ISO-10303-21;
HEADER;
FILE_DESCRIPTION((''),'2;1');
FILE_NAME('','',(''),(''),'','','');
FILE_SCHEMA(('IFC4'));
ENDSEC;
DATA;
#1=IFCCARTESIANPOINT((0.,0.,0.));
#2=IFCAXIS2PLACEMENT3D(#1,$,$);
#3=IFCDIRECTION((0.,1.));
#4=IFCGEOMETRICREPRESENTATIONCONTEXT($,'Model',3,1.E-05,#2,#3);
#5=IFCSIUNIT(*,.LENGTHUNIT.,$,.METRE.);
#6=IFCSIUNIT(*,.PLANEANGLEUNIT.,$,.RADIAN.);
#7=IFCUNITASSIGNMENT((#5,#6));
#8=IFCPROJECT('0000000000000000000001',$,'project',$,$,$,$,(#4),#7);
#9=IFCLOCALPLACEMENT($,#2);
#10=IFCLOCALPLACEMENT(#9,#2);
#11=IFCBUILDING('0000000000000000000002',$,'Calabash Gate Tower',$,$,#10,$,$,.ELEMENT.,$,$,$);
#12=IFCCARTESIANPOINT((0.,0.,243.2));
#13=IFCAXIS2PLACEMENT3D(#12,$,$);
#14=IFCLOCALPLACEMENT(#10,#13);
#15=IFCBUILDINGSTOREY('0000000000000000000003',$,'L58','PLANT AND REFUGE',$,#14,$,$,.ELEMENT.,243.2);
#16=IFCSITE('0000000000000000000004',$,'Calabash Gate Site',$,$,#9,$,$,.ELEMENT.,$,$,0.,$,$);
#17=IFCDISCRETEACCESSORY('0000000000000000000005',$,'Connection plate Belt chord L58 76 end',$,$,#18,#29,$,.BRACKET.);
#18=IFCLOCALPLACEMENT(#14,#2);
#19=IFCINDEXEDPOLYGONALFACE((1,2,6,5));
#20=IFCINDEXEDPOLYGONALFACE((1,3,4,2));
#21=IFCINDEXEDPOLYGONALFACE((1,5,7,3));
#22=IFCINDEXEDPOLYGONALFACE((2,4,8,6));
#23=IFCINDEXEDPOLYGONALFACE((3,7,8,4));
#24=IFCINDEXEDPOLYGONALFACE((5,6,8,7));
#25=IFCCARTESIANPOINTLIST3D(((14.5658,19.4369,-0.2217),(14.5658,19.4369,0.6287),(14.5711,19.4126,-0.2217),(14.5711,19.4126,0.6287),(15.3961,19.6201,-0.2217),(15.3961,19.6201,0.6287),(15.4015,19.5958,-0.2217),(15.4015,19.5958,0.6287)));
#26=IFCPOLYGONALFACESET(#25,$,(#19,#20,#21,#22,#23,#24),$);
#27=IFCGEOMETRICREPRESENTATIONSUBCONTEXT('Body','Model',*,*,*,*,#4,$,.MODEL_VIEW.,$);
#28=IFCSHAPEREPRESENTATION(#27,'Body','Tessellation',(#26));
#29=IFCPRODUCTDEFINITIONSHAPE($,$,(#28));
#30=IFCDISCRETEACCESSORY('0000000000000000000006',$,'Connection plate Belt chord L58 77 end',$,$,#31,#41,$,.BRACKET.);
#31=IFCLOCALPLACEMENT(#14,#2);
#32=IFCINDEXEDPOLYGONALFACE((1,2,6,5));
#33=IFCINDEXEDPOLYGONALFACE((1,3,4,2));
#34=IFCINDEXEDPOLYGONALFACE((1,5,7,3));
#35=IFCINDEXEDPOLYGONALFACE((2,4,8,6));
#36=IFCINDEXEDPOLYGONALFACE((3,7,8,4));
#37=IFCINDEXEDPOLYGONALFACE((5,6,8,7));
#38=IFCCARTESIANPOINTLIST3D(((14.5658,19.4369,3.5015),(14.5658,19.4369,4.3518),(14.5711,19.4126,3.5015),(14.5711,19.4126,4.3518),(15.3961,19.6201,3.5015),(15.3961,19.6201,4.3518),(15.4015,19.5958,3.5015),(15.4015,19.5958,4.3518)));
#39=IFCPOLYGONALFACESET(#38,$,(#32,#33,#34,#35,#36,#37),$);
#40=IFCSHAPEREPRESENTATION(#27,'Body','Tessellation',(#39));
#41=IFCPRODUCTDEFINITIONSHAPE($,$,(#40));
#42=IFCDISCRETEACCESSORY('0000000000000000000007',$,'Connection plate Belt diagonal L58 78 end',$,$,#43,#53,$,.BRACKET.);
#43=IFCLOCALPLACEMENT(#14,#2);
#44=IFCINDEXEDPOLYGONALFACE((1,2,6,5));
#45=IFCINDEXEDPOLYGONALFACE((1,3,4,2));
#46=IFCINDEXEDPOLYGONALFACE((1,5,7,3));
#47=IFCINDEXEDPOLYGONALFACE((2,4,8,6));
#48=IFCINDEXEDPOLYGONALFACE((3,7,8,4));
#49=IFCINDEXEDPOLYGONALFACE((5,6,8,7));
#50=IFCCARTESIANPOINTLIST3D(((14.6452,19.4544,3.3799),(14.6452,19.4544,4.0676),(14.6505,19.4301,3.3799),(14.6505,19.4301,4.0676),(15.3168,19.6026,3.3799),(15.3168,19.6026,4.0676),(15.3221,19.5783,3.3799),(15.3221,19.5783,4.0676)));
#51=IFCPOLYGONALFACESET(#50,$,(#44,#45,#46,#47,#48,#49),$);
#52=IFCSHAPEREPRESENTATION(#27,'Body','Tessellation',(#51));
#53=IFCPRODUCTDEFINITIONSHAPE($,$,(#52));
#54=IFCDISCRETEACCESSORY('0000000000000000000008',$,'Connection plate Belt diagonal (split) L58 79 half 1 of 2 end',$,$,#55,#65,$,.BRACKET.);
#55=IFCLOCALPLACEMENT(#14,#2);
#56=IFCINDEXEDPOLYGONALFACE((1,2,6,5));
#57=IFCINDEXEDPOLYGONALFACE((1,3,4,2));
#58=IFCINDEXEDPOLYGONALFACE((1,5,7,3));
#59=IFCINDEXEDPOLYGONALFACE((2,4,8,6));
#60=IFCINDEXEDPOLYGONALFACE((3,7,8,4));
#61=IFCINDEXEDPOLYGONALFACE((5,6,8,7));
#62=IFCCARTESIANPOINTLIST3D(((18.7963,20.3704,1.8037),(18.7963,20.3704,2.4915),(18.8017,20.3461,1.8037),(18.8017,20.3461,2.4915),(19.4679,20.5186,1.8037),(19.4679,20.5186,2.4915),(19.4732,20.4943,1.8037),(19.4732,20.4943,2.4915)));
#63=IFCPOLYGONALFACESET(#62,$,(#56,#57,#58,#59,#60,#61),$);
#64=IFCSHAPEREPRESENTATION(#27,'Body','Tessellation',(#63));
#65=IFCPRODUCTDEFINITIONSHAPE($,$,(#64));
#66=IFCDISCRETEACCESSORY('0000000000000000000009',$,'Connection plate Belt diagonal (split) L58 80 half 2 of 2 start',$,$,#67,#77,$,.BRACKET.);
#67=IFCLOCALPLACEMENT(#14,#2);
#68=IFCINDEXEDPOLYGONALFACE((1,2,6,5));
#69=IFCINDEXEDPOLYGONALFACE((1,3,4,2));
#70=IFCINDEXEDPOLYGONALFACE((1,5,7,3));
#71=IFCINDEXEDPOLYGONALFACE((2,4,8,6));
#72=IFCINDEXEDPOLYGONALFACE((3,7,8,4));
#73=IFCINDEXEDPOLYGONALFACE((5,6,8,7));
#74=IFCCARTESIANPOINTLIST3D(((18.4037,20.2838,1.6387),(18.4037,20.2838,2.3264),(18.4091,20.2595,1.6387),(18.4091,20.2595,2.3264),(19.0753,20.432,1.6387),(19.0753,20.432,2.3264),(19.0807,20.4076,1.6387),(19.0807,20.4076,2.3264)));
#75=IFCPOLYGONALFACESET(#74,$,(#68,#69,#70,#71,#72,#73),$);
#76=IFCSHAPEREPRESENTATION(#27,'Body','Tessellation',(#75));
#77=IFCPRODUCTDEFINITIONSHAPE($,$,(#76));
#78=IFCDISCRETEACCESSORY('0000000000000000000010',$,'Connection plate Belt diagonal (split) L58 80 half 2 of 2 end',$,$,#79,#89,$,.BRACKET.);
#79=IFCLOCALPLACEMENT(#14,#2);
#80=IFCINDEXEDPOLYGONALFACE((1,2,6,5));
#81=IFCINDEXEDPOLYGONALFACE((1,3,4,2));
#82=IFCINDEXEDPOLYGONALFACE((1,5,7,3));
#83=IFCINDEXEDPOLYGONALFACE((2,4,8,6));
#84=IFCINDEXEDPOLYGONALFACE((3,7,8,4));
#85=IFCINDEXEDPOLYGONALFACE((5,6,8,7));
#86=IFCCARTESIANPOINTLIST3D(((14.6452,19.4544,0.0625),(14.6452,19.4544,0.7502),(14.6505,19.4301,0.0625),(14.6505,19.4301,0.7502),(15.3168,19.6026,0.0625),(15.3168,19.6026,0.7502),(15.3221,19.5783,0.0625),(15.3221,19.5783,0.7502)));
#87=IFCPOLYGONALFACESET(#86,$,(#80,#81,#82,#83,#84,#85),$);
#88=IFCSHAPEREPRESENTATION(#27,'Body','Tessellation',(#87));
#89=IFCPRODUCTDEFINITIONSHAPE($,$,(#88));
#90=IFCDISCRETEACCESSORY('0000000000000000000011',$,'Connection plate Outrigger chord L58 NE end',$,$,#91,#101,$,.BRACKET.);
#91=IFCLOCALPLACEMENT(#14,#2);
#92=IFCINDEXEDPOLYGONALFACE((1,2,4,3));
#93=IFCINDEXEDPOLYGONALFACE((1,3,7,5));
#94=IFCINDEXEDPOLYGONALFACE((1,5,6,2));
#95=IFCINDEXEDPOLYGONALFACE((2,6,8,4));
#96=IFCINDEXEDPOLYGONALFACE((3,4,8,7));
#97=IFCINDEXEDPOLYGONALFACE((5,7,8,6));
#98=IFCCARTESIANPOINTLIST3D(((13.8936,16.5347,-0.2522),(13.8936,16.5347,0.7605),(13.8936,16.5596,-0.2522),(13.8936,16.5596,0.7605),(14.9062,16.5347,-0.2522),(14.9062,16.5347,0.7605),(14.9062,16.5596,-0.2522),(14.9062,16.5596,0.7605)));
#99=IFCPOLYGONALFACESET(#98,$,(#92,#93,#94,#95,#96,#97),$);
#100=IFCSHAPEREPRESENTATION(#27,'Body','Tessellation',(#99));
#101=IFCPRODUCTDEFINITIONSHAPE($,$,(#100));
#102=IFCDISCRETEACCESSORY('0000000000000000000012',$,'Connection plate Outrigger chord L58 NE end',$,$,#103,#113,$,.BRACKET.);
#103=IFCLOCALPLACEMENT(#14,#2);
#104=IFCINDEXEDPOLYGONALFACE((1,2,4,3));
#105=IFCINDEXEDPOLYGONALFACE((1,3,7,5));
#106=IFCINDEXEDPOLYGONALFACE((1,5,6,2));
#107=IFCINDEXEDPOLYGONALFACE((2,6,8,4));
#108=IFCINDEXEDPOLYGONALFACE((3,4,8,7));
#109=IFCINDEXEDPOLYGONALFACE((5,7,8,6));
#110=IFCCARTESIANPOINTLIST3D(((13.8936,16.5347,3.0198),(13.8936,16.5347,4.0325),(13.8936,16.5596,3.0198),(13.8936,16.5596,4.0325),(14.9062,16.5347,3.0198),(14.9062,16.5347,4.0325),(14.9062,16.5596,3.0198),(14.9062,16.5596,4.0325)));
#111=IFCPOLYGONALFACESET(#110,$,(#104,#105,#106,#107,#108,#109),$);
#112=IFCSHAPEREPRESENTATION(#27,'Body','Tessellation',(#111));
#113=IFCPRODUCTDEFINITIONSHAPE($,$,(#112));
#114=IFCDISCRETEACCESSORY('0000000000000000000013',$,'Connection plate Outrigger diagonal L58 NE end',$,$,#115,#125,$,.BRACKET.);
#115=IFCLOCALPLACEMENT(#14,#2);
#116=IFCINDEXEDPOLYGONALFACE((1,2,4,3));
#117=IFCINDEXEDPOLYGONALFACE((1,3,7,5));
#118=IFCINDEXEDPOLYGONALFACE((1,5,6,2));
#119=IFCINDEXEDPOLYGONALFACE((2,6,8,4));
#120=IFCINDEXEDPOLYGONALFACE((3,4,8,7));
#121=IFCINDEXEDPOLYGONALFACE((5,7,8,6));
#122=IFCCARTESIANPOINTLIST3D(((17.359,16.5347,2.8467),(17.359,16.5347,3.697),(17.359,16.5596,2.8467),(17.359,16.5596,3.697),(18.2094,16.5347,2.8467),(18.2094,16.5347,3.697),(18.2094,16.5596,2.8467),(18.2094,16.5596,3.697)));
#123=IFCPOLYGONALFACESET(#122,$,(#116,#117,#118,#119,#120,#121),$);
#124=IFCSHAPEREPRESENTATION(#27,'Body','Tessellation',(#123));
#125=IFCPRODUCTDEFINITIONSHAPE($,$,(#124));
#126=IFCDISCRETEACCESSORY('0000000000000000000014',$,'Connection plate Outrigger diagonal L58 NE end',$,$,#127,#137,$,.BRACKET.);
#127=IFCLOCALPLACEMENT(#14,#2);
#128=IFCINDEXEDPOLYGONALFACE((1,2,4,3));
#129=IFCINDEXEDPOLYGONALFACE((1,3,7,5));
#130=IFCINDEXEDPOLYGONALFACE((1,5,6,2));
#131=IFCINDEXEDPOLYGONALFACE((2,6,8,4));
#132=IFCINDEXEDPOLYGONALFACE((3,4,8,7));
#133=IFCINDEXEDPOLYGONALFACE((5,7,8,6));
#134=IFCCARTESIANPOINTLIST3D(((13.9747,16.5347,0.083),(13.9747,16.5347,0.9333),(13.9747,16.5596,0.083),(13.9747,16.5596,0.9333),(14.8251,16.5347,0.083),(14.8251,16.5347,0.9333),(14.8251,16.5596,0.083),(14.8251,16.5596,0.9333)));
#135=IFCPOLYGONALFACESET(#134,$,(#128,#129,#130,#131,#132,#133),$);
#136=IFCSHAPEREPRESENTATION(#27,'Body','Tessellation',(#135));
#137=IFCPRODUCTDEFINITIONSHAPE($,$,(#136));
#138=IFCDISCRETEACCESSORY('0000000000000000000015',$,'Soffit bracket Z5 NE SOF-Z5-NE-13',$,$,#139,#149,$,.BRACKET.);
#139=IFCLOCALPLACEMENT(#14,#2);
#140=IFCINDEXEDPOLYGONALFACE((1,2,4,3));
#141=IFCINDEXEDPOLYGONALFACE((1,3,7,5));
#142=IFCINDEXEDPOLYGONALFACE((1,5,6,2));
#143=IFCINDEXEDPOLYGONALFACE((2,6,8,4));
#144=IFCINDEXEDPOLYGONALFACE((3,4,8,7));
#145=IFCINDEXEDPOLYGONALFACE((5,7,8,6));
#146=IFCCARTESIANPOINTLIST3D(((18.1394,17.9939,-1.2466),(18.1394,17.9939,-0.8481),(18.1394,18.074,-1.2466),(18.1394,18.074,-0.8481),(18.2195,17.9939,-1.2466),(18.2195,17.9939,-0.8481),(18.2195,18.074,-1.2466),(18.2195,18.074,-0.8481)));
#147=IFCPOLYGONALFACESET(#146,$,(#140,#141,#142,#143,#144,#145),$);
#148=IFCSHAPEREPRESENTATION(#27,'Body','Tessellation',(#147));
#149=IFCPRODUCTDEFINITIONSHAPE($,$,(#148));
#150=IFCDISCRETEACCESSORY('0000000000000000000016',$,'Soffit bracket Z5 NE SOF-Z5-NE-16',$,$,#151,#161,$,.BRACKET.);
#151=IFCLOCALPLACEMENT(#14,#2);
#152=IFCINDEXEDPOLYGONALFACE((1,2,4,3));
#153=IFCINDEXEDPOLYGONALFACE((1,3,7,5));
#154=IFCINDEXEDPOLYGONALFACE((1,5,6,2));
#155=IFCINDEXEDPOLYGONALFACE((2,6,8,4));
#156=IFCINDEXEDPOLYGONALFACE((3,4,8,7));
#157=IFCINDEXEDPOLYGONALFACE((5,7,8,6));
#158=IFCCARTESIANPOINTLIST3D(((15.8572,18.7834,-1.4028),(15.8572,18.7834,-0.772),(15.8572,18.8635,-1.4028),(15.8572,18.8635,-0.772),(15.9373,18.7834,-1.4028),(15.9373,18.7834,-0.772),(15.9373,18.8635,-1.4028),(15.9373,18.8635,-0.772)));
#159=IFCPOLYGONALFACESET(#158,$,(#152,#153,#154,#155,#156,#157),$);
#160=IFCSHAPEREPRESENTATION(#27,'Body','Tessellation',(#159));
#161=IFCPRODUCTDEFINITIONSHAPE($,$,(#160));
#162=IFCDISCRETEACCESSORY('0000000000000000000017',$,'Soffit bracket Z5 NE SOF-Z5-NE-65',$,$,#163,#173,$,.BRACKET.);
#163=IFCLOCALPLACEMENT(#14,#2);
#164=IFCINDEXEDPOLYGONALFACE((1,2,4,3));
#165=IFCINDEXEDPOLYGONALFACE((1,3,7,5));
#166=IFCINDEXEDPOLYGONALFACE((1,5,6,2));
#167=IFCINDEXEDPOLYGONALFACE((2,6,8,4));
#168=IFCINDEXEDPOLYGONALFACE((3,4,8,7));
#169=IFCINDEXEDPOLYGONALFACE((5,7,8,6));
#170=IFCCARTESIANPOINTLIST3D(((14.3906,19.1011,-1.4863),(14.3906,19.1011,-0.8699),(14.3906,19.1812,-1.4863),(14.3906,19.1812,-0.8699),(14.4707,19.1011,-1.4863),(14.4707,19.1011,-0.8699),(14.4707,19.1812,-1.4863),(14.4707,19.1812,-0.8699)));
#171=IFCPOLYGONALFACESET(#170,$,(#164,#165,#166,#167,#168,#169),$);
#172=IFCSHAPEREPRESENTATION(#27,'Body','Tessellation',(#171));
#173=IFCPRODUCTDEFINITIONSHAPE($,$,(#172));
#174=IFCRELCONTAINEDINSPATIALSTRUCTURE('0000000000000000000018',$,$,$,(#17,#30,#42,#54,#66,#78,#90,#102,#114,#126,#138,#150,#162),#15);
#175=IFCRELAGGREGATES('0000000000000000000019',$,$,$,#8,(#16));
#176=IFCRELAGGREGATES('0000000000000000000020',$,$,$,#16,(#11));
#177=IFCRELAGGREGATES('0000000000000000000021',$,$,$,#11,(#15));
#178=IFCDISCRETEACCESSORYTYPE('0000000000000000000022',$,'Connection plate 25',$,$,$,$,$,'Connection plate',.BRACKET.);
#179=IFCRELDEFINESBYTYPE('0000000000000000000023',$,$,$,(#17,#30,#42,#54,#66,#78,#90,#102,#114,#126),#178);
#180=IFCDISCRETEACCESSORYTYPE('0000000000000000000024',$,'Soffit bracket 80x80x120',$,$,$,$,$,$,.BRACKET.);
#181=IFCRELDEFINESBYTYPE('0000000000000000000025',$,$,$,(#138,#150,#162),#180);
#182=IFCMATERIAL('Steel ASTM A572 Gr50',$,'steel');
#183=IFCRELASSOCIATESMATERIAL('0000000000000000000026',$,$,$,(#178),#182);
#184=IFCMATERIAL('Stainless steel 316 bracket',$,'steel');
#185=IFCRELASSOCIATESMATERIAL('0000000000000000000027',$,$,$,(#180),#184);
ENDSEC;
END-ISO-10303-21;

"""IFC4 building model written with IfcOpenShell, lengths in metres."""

from ifc_helpers import new_model, si_unit, direction, frame, origin, origin_2d, place, context, subcontext, project, spatial, rectangle, extrude, material, type_object, element, save


model = new_model("IFC4")

# Units and contexts
model_context = context("Model", 3, precision=1e-05, world=origin(), true_north=direction((0.0, 1.0)))
body_context = subcontext(model_context, "Body", "Model", "MODEL_VIEW")
ifc_project = project(units=[si_unit("LENGTHUNIT", "METRE"), si_unit("PLANEANGLEUNIT", "RADIAN")], contexts=[model_context])

# Site, building, storey
site_placement = place(None, origin())
site = spatial("IfcSite", under=ifc_project, at=site_placement, Name="Calabash Gate Site", CompositionType="ELEMENT", RefElevation=0.0)
building_placement = place(site_placement, origin())
building = spatial("IfcBuilding", under=site, at=building_placement, Name="Calabash Gate Tower", CompositionType="ELEMENT")
storey_placement = place(building_placement, frame((0.0, 0.0, 243.2)))
storey = spatial("IfcBuildingStorey", under=building, at=storey_placement, Name="L58", Description="PLANT AND REFUGE", CompositionType="ELEMENT", Elevation=243.2)

# Discrete accessories
ifc_material_1 = material(Name="Steel ASTM A572 Gr50", Category="steel")
discrete_accessory_type_1 = type_object("IfcDiscreteAccessoryType", Name="Connection plate 25", ElementType="Connection plate", PredefinedType="BRACKET", material=ifc_material_1)
for number, where, z_axis, x_axis, name in (
    (1, (14.9836, 19.5164, -0.2217), (0.0, 0.0, 1.0), (-0.976511, -0.215468, 0.0), "Connection plate Belt chord L58 76 end"),
    (2, (14.9836, 19.5164, 3.5015), (0.0, 0.0, 1.0), (-0.976511, -0.215468, 0.0), "Connection plate Belt chord L58 77 end"),
):
    element("IfcDiscreteAccessory", number, at=place(storey_placement, frame(where, z_axis=z_axis, x_axis=x_axis)), inside=storey, type_object=discrete_accessory_type_1, Name=name, PredefinedType="BRACKET", context=body_context, shape_type="SweptSolid", body=[
        extrude(rectangle(XDim=0.8503, YDim=0.0249, at=origin_2d()), origin(), (0.0, 0.0, 1.0), 0.8503),
    ])
for number, where, z_axis, x_axis, name in (
    (3, (14.9836, 19.5164, 3.3799), (0.0, 0.0, 1.0), (-0.976511, -0.215468, 0.0), "Connection plate Belt diagonal L58 78 end"),
    (4, (19.1348, 20.4324, 1.8037), (0.0, 0.0, 1.0), (-0.976511, -0.215468, 0.0), "Connection plate Belt diagonal (split) L58 79 half 1 of 2 end"),
    (5, (18.7422, 20.3457, 1.6387), (0.0, 0.0, 1.0), (-0.976511, -0.215468, 0.0), "Connection plate Belt diagonal (split) L58 80 half 2 of 2 start"),
    (6, (14.9836, 19.5164, 0.0625), (0.0, 0.0, 1.0), (-0.976511, -0.215468, 0.0), "Connection plate Belt diagonal (split) L58 80 half 2 of 2 end"),
):
    element("IfcDiscreteAccessory", number, at=place(storey_placement, frame(where, z_axis=z_axis, x_axis=x_axis)), inside=storey, type_object=discrete_accessory_type_1, Name=name, PredefinedType="BRACKET", context=body_context, shape_type="SweptSolid", body=[
        extrude(rectangle(XDim=0.6877, YDim=0.0249, at=origin_2d()), origin(), (0.0, 0.0, 1.0), 0.6877),
    ])
for number, where, z_axis, x_axis, name in (
    (7, (14.3999, 16.5471, -0.2522), (0.0, 0.0, 1.0), (-1.0, 0.0, 0.0), "Connection plate Outrigger chord L58 NE end"),
    (8, (14.3999, 16.5471, 3.0198), (0.0, 0.0, 1.0), (-1.0, 0.0, 0.0), "Connection plate Outrigger chord L58 NE end"),
):
    element("IfcDiscreteAccessory", number, at=place(storey_placement, frame(where, z_axis=z_axis, x_axis=x_axis)), inside=storey, type_object=discrete_accessory_type_1, Name=name, PredefinedType="BRACKET", context=body_context, shape_type="SweptSolid", body=[
        extrude(rectangle(XDim=1.0127, YDim=0.0249, at=origin_2d()), origin(), (0.0, 0.0, 1.0), 1.0127),
    ])
for number, where, z_axis, x_axis, name in (
    (9, (17.7842, 16.5471, 2.8467), (0.0, 0.0, 1.0), (-1.0, 0.0, 0.0), "Connection plate Outrigger diagonal L58 NE end"),
    (10, (14.3999, 16.5471, 0.083), (0.0, 0.0, 1.0), (-1.0, 0.0, 0.0), "Connection plate Outrigger diagonal L58 NE end"),
):
    element("IfcDiscreteAccessory", number, at=place(storey_placement, frame(where, z_axis=z_axis, x_axis=x_axis)), inside=storey, type_object=discrete_accessory_type_1, Name=name, PredefinedType="BRACKET", context=body_context, shape_type="SweptSolid", body=[
        extrude(rectangle(XDim=0.8503, YDim=0.0249, at=origin_2d()), origin(), (0.0, 0.0, 1.0), 0.8503),
    ])
ifc_material_2 = material(Name="Stainless steel 316 bracket", Category="steel")
discrete_accessory_type_2 = type_object("IfcDiscreteAccessoryType", Name="Soffit bracket 80x80x120", PredefinedType="BRACKET", material=ifc_material_2)
discrete_accessory_1_placement = place(storey_placement, frame((18.1794, 18.0339, -1.2466), z_axis=(0.0, 0.0, 1.0), x_axis=(1.0, 0.0, 0.0)))
element("IfcDiscreteAccessory", 11, at=discrete_accessory_1_placement, inside=storey, type_object=discrete_accessory_type_2, Name="Soffit bracket Z5 NE SOF-Z5-NE-13", PredefinedType="BRACKET", context=body_context, shape_type="SweptSolid", body=[
    extrude(rectangle(XDim=0.0801, YDim=0.0801, at=origin_2d()), origin(), (0.0, 0.0, 1.0), 0.3984),
])
discrete_accessory_2_placement = place(storey_placement, frame((15.8972, 18.8235, -1.4028), z_axis=(0.0, 0.0, 1.0), x_axis=(1.0, 0.0, 0.0)))
element("IfcDiscreteAccessory", 12, at=discrete_accessory_2_placement, inside=storey, type_object=discrete_accessory_type_2, Name="Soffit bracket Z5 NE SOF-Z5-NE-16", PredefinedType="BRACKET", context=body_context, shape_type="SweptSolid", body=[
    extrude(rectangle(XDim=0.0801, YDim=0.0801, at=origin_2d()), origin(), (0.0, 0.0, 1.0), 0.6309),
])
discrete_accessory_3_placement = place(storey_placement, frame((14.4307, 19.1411, -1.4863), z_axis=(0.0, 0.0, 1.0), x_axis=(1.0, 0.0, 0.0)))
element("IfcDiscreteAccessory", 13, at=discrete_accessory_3_placement, inside=storey, type_object=discrete_accessory_type_2, Name="Soffit bracket Z5 NE SOF-Z5-NE-65", PredefinedType="BRACKET", context=body_context, shape_type="SweptSolid", body=[
    extrude(rectangle(XDim=0.0801, YDim=0.0801, at=origin_2d()), origin(), (0.0, 0.0, 1.0), 0.6165),
])

save(model, "model.ifc")
